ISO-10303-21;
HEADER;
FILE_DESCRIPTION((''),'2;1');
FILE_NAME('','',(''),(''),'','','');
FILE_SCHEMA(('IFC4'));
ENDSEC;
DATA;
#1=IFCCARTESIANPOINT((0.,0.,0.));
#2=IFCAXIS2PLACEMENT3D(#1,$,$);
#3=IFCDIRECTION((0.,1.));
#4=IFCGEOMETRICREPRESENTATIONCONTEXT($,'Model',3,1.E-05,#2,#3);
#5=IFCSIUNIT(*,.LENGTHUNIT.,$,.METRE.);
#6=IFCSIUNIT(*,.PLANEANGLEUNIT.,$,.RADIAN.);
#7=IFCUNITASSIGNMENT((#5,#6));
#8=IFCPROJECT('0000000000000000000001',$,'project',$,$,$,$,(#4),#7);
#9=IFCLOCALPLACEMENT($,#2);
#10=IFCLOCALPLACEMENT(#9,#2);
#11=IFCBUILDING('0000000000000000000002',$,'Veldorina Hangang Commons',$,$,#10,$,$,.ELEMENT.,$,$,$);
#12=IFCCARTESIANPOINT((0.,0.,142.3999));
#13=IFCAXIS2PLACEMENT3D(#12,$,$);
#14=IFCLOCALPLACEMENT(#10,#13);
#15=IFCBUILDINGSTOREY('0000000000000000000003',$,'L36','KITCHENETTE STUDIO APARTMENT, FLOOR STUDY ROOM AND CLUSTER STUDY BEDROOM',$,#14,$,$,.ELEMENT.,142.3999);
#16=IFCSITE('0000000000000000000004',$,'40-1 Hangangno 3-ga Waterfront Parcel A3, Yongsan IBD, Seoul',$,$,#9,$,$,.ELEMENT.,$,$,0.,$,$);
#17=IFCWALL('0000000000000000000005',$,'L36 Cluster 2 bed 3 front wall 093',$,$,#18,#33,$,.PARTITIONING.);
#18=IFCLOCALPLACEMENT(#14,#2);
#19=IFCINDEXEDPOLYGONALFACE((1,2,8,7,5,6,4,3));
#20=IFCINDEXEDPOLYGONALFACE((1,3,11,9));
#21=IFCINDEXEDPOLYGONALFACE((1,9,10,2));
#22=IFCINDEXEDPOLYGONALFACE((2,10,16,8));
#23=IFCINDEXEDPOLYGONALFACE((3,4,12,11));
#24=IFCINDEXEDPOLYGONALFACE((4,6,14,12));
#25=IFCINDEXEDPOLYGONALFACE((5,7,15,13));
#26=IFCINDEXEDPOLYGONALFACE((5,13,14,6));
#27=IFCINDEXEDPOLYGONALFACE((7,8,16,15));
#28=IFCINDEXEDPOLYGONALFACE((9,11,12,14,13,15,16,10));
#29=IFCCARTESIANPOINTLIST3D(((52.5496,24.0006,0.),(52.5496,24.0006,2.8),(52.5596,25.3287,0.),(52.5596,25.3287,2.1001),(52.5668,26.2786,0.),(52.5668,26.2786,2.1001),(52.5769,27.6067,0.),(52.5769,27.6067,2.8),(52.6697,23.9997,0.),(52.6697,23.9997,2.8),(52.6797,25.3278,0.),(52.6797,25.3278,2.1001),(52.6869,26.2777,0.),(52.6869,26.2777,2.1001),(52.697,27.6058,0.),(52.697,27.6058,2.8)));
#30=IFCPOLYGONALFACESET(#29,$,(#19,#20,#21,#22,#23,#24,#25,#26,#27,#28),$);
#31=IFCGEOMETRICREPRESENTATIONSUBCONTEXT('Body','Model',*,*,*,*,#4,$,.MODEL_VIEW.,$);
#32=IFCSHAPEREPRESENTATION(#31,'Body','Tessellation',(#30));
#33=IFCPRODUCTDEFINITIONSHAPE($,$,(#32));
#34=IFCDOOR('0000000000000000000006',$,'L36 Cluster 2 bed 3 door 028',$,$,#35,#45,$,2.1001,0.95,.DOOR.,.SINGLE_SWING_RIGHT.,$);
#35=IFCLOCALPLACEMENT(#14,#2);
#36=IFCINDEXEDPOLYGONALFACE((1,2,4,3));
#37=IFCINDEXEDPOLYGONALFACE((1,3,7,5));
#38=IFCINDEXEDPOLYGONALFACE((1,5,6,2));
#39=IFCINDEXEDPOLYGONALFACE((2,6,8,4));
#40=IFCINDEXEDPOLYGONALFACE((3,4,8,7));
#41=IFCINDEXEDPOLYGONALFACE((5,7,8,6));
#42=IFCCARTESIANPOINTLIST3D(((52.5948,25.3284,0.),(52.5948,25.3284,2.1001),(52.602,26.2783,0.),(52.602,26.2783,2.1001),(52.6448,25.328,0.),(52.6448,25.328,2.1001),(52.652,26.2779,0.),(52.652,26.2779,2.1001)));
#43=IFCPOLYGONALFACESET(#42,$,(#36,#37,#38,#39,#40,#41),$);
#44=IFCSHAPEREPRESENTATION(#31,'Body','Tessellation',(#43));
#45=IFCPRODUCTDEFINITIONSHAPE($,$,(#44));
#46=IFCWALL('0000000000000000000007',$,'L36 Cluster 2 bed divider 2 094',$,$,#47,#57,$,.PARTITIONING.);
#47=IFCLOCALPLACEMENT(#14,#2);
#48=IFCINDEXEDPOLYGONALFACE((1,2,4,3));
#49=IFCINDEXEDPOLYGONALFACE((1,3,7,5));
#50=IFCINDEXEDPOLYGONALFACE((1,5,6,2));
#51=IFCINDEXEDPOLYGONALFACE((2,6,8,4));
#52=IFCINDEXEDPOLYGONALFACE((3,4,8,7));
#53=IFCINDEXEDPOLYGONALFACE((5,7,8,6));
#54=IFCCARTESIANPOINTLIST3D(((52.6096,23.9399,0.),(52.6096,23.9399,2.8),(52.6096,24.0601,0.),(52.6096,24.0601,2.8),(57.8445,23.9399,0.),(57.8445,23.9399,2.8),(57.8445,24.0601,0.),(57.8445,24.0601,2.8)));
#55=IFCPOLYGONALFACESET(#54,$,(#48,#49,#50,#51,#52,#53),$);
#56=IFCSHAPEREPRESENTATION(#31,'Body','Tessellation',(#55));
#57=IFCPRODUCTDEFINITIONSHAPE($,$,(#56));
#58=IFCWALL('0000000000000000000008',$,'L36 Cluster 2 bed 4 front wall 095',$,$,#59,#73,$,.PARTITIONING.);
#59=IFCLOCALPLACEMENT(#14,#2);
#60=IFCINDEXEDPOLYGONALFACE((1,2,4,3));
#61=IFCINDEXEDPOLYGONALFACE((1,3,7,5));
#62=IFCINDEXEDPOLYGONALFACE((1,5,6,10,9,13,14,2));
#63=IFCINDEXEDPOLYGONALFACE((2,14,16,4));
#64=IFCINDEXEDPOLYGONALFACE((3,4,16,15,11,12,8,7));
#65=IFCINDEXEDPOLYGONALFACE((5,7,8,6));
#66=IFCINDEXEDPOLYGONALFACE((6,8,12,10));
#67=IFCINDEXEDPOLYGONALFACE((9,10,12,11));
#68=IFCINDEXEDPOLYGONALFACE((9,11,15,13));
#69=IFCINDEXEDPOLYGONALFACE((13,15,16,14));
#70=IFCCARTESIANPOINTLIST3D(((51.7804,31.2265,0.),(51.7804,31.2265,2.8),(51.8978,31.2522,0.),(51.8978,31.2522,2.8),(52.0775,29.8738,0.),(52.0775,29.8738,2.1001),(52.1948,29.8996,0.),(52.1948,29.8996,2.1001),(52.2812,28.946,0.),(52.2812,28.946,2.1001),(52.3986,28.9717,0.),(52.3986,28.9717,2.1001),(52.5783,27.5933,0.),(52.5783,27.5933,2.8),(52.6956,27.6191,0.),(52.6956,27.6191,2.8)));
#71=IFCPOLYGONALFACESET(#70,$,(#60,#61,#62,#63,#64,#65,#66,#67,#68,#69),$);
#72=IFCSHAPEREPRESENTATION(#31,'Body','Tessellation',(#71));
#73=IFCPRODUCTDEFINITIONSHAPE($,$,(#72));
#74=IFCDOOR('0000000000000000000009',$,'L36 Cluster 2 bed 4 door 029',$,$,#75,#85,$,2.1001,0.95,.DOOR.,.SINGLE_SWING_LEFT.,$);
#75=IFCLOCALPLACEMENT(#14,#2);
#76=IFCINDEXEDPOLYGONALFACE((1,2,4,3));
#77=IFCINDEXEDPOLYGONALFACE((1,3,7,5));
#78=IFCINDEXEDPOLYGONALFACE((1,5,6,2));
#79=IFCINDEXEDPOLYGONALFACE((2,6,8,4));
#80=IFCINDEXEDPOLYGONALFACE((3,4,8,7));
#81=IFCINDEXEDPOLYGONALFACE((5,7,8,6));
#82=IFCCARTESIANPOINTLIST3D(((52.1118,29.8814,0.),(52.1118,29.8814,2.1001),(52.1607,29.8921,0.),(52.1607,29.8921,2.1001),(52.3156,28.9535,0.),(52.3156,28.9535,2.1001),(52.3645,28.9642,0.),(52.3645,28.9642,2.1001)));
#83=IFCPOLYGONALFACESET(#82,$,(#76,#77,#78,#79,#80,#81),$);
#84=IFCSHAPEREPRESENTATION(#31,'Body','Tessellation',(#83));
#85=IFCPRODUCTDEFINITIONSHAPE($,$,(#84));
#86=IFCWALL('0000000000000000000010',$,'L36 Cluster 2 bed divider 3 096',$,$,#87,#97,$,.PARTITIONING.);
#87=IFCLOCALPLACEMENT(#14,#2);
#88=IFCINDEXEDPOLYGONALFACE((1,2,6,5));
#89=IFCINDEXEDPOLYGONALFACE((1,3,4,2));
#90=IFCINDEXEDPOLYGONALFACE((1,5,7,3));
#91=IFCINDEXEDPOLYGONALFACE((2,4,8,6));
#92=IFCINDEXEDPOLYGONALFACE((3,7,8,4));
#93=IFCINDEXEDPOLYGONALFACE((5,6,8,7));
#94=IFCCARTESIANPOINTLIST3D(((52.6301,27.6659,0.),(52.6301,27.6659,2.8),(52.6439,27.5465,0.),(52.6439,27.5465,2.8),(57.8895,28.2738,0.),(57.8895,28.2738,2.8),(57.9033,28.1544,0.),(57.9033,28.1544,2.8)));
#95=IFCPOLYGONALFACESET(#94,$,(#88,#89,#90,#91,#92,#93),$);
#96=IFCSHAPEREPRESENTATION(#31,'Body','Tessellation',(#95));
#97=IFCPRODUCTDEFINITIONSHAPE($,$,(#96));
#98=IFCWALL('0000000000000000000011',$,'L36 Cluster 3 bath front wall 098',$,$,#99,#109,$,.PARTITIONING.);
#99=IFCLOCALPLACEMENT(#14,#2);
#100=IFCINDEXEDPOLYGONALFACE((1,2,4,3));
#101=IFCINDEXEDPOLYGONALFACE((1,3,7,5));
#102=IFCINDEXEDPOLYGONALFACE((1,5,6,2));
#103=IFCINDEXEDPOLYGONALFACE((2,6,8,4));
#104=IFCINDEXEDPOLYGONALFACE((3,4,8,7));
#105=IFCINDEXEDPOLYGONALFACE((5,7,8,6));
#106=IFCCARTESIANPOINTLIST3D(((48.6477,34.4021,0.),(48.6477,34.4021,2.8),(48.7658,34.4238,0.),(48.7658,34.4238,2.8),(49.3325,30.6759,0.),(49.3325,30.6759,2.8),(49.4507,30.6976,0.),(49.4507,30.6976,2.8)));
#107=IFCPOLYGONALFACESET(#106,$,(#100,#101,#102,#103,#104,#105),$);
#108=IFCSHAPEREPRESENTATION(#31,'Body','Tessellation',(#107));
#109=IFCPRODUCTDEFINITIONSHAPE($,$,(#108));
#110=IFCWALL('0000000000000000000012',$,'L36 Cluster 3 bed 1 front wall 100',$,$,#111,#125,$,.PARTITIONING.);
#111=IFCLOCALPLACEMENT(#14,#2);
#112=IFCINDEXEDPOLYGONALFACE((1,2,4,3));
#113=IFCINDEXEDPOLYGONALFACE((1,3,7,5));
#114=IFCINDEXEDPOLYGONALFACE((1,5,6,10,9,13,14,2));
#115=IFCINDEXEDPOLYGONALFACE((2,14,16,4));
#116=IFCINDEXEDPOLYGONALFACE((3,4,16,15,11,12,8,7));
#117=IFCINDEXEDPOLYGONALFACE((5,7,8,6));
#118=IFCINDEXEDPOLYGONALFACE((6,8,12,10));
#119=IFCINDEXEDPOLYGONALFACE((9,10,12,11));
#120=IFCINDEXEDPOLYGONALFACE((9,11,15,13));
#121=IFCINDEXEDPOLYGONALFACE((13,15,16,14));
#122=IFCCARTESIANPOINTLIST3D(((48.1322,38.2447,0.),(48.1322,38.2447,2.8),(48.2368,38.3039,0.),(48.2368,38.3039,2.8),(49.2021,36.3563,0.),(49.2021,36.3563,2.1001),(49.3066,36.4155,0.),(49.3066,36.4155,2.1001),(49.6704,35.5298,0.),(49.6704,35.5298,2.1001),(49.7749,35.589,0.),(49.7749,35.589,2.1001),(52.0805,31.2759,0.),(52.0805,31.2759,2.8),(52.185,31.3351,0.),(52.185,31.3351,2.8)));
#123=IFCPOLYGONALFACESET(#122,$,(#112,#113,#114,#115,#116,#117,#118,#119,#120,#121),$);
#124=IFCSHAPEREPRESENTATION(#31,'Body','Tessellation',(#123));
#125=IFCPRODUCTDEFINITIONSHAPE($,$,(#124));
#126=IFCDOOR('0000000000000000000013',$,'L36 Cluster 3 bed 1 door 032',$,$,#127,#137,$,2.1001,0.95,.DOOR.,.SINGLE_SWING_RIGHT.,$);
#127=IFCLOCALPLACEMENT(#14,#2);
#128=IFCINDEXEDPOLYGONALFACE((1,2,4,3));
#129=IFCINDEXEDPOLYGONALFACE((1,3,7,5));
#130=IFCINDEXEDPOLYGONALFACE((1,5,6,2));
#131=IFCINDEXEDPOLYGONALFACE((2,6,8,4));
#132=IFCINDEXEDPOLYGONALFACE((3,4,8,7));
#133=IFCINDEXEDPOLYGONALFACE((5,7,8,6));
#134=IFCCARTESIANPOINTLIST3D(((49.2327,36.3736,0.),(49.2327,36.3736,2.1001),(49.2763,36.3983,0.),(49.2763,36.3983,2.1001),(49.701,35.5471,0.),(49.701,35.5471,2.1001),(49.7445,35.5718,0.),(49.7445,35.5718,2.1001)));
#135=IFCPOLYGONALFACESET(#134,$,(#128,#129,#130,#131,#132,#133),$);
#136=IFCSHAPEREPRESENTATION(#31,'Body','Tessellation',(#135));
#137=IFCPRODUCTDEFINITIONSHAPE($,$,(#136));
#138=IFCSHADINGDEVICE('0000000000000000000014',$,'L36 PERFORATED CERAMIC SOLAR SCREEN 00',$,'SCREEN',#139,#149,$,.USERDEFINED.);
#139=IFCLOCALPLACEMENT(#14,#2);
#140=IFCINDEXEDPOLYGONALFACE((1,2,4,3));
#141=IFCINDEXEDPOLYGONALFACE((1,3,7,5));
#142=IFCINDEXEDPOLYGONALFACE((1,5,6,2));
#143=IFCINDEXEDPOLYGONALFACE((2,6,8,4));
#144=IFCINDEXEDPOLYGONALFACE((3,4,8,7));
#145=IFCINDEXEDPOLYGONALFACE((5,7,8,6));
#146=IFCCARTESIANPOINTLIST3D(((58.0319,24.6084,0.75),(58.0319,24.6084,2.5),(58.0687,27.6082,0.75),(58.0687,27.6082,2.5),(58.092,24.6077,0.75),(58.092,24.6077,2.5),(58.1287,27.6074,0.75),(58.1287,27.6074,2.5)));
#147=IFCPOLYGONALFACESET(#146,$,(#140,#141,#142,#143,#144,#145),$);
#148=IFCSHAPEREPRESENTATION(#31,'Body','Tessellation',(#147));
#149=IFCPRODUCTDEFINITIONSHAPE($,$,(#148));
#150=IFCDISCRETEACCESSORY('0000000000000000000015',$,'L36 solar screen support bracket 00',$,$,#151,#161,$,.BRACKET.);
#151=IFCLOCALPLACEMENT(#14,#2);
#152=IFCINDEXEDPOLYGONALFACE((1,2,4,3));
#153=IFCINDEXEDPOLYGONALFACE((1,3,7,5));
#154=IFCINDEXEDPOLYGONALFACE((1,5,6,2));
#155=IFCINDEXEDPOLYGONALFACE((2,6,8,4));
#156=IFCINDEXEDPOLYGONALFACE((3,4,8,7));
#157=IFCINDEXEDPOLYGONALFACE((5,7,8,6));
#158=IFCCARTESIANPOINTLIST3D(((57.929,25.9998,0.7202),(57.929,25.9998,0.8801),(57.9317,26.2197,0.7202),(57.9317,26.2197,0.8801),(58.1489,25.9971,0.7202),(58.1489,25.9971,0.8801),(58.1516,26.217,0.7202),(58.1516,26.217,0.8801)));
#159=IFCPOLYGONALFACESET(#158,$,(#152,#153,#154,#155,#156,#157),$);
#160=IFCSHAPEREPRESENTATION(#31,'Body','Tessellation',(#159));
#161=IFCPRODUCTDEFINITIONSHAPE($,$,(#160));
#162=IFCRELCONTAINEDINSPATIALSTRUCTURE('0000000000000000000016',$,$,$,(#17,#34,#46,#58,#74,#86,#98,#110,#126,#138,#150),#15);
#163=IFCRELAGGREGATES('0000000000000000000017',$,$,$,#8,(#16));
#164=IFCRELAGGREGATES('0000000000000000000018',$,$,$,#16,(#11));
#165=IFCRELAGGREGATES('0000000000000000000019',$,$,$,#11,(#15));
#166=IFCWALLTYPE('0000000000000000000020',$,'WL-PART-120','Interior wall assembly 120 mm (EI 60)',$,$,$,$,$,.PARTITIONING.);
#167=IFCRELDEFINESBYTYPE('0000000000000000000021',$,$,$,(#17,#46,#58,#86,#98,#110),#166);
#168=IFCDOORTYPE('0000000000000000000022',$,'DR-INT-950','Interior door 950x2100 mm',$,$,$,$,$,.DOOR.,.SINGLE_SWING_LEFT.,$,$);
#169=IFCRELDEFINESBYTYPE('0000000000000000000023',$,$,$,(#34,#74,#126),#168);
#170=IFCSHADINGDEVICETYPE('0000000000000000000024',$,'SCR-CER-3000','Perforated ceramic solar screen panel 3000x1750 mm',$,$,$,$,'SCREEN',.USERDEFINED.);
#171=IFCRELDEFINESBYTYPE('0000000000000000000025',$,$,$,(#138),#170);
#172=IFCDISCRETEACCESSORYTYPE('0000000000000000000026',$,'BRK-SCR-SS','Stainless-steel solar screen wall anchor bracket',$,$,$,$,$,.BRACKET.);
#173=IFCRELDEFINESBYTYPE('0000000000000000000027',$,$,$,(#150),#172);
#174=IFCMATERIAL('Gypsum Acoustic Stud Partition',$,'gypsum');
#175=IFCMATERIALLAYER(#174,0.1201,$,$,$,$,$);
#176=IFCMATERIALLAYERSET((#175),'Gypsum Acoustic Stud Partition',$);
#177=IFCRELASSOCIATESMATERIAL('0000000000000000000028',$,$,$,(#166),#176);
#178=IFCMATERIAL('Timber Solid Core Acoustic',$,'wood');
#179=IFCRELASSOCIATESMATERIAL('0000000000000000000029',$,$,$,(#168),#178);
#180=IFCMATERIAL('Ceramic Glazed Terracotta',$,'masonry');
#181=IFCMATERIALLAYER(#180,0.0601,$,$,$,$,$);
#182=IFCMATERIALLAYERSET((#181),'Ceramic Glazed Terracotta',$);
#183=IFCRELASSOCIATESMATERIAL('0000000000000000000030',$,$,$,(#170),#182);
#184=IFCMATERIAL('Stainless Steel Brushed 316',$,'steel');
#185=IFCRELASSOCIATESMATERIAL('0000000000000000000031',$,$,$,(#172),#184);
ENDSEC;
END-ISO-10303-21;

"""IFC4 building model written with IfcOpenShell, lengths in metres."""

from ifc_helpers import new_model, si_unit, direction, frame, frame_2d, origin, origin_2d, place, context, subcontext, project, spatial, rectangle, extrude, material, layer, layer_set, type_object, element, fill, save


model = new_model("IFC4")

# Units and contexts
model_context = context("Model", 3, precision=1e-05, world=origin(), true_north=direction((0.0, 1.0)))
body_context = subcontext(model_context, "Body", "Model", "MODEL_VIEW")
ifc_project = project(units=[si_unit("LENGTHUNIT", "METRE"), si_unit("PLANEANGLEUNIT", "RADIAN")], contexts=[model_context])

# Site, building, storey
site_placement = place(None, origin())
site = spatial("IfcSite", under=ifc_project, at=site_placement, Name="40-1 Hangangno 3-ga Waterfront Parcel A3, Yongsan IBD, Seoul", CompositionType="ELEMENT", RefElevation=0.0)
building_placement = place(site_placement, origin())
building = spatial("IfcBuilding", under=site, at=building_placement, Name="Veldorina Hangang Commons", CompositionType="ELEMENT")
storey_placement = place(building_placement, frame((0.0, 0.0, 142.3999)))
storey = spatial("IfcBuildingStorey", under=building, at=storey_placement, Name="L36", Description="KITCHENETTE STUDIO APARTMENT, FLOOR STUDY ROOM AND CLUSTER STUDY BEDROOM", CompositionType="ELEMENT", Elevation=142.3999)

# Wall, opening, door
ifc_material_1 = material(Name="Gypsum Acoustic Stud Partition", Category="gypsum")
ifc_layer_1 = layer(ifc_material_1, 0.1201)
ifc_layer_set_1 = layer_set([ifc_layer_1], Name="Gypsum Acoustic Stud Partition")
wall_type_1 = type_object("IfcWallType", Name="WL-PART-120", Description="Interior wall assembly 120 mm (EI 60)", PredefinedType="PARTITIONING", material=ifc_layer_set_1)
wall_1_placement = place(storey_placement, frame((52.6096, 24.0, 0.0), z_axis=(0.0, 0.0, 1.0), x_axis=(0.007582, 0.999971, 0.0)))
wall_1 = element("IfcWall", 1, at=wall_1_placement, inside=storey, type_object=wall_type_1, Name="L36 Cluster 2 bed 3 front wall 093", PredefinedType="PARTITIONING", context=body_context, shape_type="SweptSolid", body=[
    extrude(rectangle(XDim=3.6062, YDim=0.1201, at=frame_2d((1.8032, 0.0))), origin(), (0.0, 0.0, 1.0), 2.8),
])
opening_1_placement = place(wall_1_placement, frame((1.3281, 0.0, 0.0)))
opening_1 = element("IfcOpeningElement", 2, at=opening_1_placement, cuts=wall_1, PredefinedType="OPENING", context=body_context, shape_type="SweptSolid", body=[
    extrude(rectangle(XDim=0.95, YDim=2.1001, at=frame_2d((0.4751, 1.05))), frame((0.0, 0.0701, 0.0), z_axis=(0.0, -1.0, 0.0), x_axis=(1.0, 0.0, 0.0)), (0.0, 0.0, 1.0), 0.1401),
])
ifc_material_2 = material(Name="Timber Solid Core Acoustic", Category="wood")
door_type = type_object("IfcDoorType", Name="DR-INT-950", Description="Interior door 950x2100 mm", OperationType="SINGLE_SWING_LEFT", PredefinedType="DOOR", material=ifc_material_2)
door_1_placement = place(opening_1_placement, origin())
door_1 = element("IfcDoor", 3, at=door_1_placement, inside=storey, type_object=door_type, Name="L36 Cluster 2 bed 3 door 028", OperationType="SINGLE_SWING_RIGHT", OverallHeight=2.1001, OverallWidth=0.95, PredefinedType="DOOR", context=body_context, shape_type="SweptSolid", body=[
    extrude(rectangle(XDim=0.95, YDim=2.1001, at=frame_2d((0.4751, 1.05))), frame((0.0, 0.0249, 0.0), z_axis=(0.0, -1.0, 0.0), x_axis=(1.0, 0.0, 0.0)), (0.0, 0.0, 1.0), 0.05),
])
fill(opening_1, door_1)

# Wall
wall_2_placement = place(storey_placement, frame((52.6096, 24.0, 0.0), z_axis=(0.0, 0.0, 1.0), x_axis=(1.0, 0.0, 0.0)))
element("IfcWall", 4, at=wall_2_placement, inside=storey, type_object=wall_type_1, Name="L36 Cluster 2 bed divider 2 094", PredefinedType="PARTITIONING", context=body_context, shape_type="SweptSolid", body=[
    extrude(rectangle(XDim=5.2349, YDim=0.1201, at=frame_2d((2.6174, 0.0))), origin(), (0.0, 0.0, 1.0), 2.8),
])

# Wall, opening, door
wall_3_placement = place(storey_placement, frame((52.637, 27.6062, 0.0), z_axis=(0.0, 0.0, 1.0), x_axis=(-0.214497, 0.976725, 0.0)))
wall_3 = element("IfcWall", 5, at=wall_3_placement, inside=storey, type_object=wall_type_1, Name="L36 Cluster 2 bed 4 front wall 095", PredefinedType="PARTITIONING", context=body_context, shape_type="SweptSolid", body=[
    extrude(rectangle(XDim=3.7197, YDim=0.1201, at=frame_2d((1.8599, 0.0))), origin(), (0.0, 0.0, 1.0), 2.8),
])
opening_2_placement = place(wall_3_placement, frame((1.3848, 0.0, 0.0)))
opening_2 = element("IfcOpeningElement", 6, at=opening_2_placement, cuts=wall_3, PredefinedType="OPENING", context=body_context, shape_type="SweptSolid", body=[
    extrude(rectangle(XDim=0.95, YDim=2.1001, at=frame_2d((0.4751, 1.05))), frame((0.0, 0.0701, 0.0), z_axis=(0.0, -1.0, 0.0), x_axis=(1.0, 0.0, 0.0)), (0.0, 0.0, 1.0), 0.1401),
])
door_2_placement = place(opening_2_placement, origin())
door_2 = element("IfcDoor", 7, at=door_2_placement, inside=storey, type_object=door_type, Name="L36 Cluster 2 bed 4 door 029", OperationType="SINGLE_SWING_LEFT", OverallHeight=2.1001, OverallWidth=0.95, PredefinedType="DOOR", context=body_context, shape_type="SweptSolid", body=[
    extrude(rectangle(XDim=0.95, YDim=2.1001, at=frame_2d((0.4751, 1.05))), frame((0.0, 0.0249, 0.0), z_axis=(0.0, -1.0, 0.0), x_axis=(1.0, 0.0, 0.0)), (0.0, 0.0, 1.0), 0.05),
])
fill(opening_2, door_2)

# Walls
wall_4_placement = place(storey_placement, frame((52.637, 27.6062, 0.0), z_axis=(0.0, 0.0, 1.0), x_axis=(0.993387, 0.114818, 0.0)))
element("IfcWall", 8, at=wall_4_placement, inside=storey, type_object=wall_type_1, Name="L36 Cluster 2 bed divider 3 096", PredefinedType="PARTITIONING", context=body_context, shape_type="SweptSolid", body=[
    extrude(rectangle(XDim=5.2944, YDim=0.1201, at=frame_2d((2.6472, 0.0))), origin(), (0.0, 0.0, 1.0), 2.8),
])
wall_5_placement = place(storey_placement, frame((49.3916, 30.6868, 0.0), z_axis=(0.0, 0.0, 1.0), x_axis=(-0.180762, 0.983527, 0.0)))
element("IfcWall", 9, at=wall_5_placement, inside=storey, type_object=wall_type_1, Name="L36 Cluster 3 bath front wall 098", PredefinedType="PARTITIONING", context=body_context, shape_type="SweptSolid", body=[
    extrude(rectangle(XDim=3.7886, YDim=0.1201, at=frame_2d((1.8943, 0.0))), origin(), (0.0, 0.0, 1.0), 2.8),
])

# Wall, opening, door
wall_6_placement = place(storey_placement, frame((52.1328, 31.3054, 0.0), z_axis=(0.0, 0.0, 1.0), x_axis=(-0.492945, 0.870061, 0.0)))
wall_6 = element("IfcWall", 10, at=wall_6_placement, inside=storey, type_object=wall_type_1, Name="L36 Cluster 3 bed 1 front wall 100", PredefinedType="PARTITIONING", context=body_context, shape_type="SweptSolid", body=[
    extrude(rectangle(XDim=8.0095, YDim=0.1201, at=frame_2d((4.0049, 0.0))), origin(), (0.0, 0.0, 1.0), 2.8),
])
opening_3_placement = place(wall_6_placement, frame((4.8892, 0.0, 0.0)))
opening_3 = element("IfcOpeningElement", 11, at=opening_3_placement, cuts=wall_6, PredefinedType="OPENING", context=body_context, shape_type="SweptSolid", body=[
    extrude(rectangle(XDim=0.95, YDim=2.1001, at=frame_2d((0.4751, 1.05))), frame((0.0, 0.0701, 0.0), z_axis=(0.0, -1.0, 0.0), x_axis=(1.0, 0.0, 0.0)), (0.0, 0.0, 1.0), 0.1401),
])
door_3_placement = place(opening_3_placement, origin())
door_3 = element("IfcDoor", 12, at=door_3_placement, inside=storey, type_object=door_type, Name="L36 Cluster 3 bed 1 door 032", OperationType="SINGLE_SWING_RIGHT", OverallHeight=2.1001, OverallWidth=0.95, PredefinedType="DOOR", context=body_context, shape_type="SweptSolid", body=[
    extrude(rectangle(XDim=0.95, YDim=2.1001, at=frame_2d((0.4751, 1.05))), frame((0.0, 0.0249, 0.0), z_axis=(0.0, -1.0, 0.0), x_axis=(1.0, 0.0, 0.0)), (0.0, 0.0, 1.0), 0.05),
])
fill(opening_3, door_3)

# Shading device
ifc_material_3 = material(Name="Ceramic Glazed Terracotta", Category="masonry")
ifc_layer_2 = layer(ifc_material_3, 0.0601)
ifc_layer_set_2 = layer_set([ifc_layer_2], Name="Ceramic Glazed Terracotta")
shading_device_type = type_object("IfcShadingDeviceType", Name="SCR-CER-3000", Description="Perforated ceramic solar screen panel 3000x1750 mm", ElementType="SCREEN", PredefinedType="USERDEFINED", material=ifc_layer_set_2)
shading_device_placement = place(storey_placement, frame((58.0803, 26.1079, 0.75), z_axis=(0.0, 0.0, 1.0), x_axis=(0.012252, 0.999925, 0.0)))
element("IfcShadingDevice", 13, at=shading_device_placement, inside=storey, type_object=shading_device_type, Name="L36 PERFORATED CERAMIC SOLAR SCREEN 00", ObjectType="SCREEN", PredefinedType="USERDEFINED", context=body_context, shape_type="SweptSolid", body=[
    extrude(rectangle(XDim=3.0, YDim=0.0601, at=origin_2d()), origin(), (0.0, 0.0, 1.0), 1.75),
])

# Discrete accessory
ifc_material_4 = material(Name="Stainless Steel Brushed 316", Category="steel")
discrete_accessory_type = type_object("IfcDiscreteAccessoryType", Name="BRK-SCR-SS", Description="Stainless-steel solar screen wall anchor bracket", PredefinedType="BRACKET", material=ifc_material_4)
discrete_accessory_placement = place(storey_placement, frame((58.0403, 26.1084, 0.7202), z_axis=(0.0, 0.0, 1.0), x_axis=(0.012252, 0.999925, 0.0)))
element("IfcDiscreteAccessory", 14, at=discrete_accessory_placement, inside=storey, type_object=discrete_accessory_type, Name="L36 solar screen support bracket 00", PredefinedType="BRACKET", context=body_context, shape_type="SweptSolid", body=[
    extrude(rectangle(XDim=0.22, YDim=0.22, at=origin_2d()), origin(), (0.0, 0.0, 1.0), 0.1599),
])

save(model, "model.ifc")
